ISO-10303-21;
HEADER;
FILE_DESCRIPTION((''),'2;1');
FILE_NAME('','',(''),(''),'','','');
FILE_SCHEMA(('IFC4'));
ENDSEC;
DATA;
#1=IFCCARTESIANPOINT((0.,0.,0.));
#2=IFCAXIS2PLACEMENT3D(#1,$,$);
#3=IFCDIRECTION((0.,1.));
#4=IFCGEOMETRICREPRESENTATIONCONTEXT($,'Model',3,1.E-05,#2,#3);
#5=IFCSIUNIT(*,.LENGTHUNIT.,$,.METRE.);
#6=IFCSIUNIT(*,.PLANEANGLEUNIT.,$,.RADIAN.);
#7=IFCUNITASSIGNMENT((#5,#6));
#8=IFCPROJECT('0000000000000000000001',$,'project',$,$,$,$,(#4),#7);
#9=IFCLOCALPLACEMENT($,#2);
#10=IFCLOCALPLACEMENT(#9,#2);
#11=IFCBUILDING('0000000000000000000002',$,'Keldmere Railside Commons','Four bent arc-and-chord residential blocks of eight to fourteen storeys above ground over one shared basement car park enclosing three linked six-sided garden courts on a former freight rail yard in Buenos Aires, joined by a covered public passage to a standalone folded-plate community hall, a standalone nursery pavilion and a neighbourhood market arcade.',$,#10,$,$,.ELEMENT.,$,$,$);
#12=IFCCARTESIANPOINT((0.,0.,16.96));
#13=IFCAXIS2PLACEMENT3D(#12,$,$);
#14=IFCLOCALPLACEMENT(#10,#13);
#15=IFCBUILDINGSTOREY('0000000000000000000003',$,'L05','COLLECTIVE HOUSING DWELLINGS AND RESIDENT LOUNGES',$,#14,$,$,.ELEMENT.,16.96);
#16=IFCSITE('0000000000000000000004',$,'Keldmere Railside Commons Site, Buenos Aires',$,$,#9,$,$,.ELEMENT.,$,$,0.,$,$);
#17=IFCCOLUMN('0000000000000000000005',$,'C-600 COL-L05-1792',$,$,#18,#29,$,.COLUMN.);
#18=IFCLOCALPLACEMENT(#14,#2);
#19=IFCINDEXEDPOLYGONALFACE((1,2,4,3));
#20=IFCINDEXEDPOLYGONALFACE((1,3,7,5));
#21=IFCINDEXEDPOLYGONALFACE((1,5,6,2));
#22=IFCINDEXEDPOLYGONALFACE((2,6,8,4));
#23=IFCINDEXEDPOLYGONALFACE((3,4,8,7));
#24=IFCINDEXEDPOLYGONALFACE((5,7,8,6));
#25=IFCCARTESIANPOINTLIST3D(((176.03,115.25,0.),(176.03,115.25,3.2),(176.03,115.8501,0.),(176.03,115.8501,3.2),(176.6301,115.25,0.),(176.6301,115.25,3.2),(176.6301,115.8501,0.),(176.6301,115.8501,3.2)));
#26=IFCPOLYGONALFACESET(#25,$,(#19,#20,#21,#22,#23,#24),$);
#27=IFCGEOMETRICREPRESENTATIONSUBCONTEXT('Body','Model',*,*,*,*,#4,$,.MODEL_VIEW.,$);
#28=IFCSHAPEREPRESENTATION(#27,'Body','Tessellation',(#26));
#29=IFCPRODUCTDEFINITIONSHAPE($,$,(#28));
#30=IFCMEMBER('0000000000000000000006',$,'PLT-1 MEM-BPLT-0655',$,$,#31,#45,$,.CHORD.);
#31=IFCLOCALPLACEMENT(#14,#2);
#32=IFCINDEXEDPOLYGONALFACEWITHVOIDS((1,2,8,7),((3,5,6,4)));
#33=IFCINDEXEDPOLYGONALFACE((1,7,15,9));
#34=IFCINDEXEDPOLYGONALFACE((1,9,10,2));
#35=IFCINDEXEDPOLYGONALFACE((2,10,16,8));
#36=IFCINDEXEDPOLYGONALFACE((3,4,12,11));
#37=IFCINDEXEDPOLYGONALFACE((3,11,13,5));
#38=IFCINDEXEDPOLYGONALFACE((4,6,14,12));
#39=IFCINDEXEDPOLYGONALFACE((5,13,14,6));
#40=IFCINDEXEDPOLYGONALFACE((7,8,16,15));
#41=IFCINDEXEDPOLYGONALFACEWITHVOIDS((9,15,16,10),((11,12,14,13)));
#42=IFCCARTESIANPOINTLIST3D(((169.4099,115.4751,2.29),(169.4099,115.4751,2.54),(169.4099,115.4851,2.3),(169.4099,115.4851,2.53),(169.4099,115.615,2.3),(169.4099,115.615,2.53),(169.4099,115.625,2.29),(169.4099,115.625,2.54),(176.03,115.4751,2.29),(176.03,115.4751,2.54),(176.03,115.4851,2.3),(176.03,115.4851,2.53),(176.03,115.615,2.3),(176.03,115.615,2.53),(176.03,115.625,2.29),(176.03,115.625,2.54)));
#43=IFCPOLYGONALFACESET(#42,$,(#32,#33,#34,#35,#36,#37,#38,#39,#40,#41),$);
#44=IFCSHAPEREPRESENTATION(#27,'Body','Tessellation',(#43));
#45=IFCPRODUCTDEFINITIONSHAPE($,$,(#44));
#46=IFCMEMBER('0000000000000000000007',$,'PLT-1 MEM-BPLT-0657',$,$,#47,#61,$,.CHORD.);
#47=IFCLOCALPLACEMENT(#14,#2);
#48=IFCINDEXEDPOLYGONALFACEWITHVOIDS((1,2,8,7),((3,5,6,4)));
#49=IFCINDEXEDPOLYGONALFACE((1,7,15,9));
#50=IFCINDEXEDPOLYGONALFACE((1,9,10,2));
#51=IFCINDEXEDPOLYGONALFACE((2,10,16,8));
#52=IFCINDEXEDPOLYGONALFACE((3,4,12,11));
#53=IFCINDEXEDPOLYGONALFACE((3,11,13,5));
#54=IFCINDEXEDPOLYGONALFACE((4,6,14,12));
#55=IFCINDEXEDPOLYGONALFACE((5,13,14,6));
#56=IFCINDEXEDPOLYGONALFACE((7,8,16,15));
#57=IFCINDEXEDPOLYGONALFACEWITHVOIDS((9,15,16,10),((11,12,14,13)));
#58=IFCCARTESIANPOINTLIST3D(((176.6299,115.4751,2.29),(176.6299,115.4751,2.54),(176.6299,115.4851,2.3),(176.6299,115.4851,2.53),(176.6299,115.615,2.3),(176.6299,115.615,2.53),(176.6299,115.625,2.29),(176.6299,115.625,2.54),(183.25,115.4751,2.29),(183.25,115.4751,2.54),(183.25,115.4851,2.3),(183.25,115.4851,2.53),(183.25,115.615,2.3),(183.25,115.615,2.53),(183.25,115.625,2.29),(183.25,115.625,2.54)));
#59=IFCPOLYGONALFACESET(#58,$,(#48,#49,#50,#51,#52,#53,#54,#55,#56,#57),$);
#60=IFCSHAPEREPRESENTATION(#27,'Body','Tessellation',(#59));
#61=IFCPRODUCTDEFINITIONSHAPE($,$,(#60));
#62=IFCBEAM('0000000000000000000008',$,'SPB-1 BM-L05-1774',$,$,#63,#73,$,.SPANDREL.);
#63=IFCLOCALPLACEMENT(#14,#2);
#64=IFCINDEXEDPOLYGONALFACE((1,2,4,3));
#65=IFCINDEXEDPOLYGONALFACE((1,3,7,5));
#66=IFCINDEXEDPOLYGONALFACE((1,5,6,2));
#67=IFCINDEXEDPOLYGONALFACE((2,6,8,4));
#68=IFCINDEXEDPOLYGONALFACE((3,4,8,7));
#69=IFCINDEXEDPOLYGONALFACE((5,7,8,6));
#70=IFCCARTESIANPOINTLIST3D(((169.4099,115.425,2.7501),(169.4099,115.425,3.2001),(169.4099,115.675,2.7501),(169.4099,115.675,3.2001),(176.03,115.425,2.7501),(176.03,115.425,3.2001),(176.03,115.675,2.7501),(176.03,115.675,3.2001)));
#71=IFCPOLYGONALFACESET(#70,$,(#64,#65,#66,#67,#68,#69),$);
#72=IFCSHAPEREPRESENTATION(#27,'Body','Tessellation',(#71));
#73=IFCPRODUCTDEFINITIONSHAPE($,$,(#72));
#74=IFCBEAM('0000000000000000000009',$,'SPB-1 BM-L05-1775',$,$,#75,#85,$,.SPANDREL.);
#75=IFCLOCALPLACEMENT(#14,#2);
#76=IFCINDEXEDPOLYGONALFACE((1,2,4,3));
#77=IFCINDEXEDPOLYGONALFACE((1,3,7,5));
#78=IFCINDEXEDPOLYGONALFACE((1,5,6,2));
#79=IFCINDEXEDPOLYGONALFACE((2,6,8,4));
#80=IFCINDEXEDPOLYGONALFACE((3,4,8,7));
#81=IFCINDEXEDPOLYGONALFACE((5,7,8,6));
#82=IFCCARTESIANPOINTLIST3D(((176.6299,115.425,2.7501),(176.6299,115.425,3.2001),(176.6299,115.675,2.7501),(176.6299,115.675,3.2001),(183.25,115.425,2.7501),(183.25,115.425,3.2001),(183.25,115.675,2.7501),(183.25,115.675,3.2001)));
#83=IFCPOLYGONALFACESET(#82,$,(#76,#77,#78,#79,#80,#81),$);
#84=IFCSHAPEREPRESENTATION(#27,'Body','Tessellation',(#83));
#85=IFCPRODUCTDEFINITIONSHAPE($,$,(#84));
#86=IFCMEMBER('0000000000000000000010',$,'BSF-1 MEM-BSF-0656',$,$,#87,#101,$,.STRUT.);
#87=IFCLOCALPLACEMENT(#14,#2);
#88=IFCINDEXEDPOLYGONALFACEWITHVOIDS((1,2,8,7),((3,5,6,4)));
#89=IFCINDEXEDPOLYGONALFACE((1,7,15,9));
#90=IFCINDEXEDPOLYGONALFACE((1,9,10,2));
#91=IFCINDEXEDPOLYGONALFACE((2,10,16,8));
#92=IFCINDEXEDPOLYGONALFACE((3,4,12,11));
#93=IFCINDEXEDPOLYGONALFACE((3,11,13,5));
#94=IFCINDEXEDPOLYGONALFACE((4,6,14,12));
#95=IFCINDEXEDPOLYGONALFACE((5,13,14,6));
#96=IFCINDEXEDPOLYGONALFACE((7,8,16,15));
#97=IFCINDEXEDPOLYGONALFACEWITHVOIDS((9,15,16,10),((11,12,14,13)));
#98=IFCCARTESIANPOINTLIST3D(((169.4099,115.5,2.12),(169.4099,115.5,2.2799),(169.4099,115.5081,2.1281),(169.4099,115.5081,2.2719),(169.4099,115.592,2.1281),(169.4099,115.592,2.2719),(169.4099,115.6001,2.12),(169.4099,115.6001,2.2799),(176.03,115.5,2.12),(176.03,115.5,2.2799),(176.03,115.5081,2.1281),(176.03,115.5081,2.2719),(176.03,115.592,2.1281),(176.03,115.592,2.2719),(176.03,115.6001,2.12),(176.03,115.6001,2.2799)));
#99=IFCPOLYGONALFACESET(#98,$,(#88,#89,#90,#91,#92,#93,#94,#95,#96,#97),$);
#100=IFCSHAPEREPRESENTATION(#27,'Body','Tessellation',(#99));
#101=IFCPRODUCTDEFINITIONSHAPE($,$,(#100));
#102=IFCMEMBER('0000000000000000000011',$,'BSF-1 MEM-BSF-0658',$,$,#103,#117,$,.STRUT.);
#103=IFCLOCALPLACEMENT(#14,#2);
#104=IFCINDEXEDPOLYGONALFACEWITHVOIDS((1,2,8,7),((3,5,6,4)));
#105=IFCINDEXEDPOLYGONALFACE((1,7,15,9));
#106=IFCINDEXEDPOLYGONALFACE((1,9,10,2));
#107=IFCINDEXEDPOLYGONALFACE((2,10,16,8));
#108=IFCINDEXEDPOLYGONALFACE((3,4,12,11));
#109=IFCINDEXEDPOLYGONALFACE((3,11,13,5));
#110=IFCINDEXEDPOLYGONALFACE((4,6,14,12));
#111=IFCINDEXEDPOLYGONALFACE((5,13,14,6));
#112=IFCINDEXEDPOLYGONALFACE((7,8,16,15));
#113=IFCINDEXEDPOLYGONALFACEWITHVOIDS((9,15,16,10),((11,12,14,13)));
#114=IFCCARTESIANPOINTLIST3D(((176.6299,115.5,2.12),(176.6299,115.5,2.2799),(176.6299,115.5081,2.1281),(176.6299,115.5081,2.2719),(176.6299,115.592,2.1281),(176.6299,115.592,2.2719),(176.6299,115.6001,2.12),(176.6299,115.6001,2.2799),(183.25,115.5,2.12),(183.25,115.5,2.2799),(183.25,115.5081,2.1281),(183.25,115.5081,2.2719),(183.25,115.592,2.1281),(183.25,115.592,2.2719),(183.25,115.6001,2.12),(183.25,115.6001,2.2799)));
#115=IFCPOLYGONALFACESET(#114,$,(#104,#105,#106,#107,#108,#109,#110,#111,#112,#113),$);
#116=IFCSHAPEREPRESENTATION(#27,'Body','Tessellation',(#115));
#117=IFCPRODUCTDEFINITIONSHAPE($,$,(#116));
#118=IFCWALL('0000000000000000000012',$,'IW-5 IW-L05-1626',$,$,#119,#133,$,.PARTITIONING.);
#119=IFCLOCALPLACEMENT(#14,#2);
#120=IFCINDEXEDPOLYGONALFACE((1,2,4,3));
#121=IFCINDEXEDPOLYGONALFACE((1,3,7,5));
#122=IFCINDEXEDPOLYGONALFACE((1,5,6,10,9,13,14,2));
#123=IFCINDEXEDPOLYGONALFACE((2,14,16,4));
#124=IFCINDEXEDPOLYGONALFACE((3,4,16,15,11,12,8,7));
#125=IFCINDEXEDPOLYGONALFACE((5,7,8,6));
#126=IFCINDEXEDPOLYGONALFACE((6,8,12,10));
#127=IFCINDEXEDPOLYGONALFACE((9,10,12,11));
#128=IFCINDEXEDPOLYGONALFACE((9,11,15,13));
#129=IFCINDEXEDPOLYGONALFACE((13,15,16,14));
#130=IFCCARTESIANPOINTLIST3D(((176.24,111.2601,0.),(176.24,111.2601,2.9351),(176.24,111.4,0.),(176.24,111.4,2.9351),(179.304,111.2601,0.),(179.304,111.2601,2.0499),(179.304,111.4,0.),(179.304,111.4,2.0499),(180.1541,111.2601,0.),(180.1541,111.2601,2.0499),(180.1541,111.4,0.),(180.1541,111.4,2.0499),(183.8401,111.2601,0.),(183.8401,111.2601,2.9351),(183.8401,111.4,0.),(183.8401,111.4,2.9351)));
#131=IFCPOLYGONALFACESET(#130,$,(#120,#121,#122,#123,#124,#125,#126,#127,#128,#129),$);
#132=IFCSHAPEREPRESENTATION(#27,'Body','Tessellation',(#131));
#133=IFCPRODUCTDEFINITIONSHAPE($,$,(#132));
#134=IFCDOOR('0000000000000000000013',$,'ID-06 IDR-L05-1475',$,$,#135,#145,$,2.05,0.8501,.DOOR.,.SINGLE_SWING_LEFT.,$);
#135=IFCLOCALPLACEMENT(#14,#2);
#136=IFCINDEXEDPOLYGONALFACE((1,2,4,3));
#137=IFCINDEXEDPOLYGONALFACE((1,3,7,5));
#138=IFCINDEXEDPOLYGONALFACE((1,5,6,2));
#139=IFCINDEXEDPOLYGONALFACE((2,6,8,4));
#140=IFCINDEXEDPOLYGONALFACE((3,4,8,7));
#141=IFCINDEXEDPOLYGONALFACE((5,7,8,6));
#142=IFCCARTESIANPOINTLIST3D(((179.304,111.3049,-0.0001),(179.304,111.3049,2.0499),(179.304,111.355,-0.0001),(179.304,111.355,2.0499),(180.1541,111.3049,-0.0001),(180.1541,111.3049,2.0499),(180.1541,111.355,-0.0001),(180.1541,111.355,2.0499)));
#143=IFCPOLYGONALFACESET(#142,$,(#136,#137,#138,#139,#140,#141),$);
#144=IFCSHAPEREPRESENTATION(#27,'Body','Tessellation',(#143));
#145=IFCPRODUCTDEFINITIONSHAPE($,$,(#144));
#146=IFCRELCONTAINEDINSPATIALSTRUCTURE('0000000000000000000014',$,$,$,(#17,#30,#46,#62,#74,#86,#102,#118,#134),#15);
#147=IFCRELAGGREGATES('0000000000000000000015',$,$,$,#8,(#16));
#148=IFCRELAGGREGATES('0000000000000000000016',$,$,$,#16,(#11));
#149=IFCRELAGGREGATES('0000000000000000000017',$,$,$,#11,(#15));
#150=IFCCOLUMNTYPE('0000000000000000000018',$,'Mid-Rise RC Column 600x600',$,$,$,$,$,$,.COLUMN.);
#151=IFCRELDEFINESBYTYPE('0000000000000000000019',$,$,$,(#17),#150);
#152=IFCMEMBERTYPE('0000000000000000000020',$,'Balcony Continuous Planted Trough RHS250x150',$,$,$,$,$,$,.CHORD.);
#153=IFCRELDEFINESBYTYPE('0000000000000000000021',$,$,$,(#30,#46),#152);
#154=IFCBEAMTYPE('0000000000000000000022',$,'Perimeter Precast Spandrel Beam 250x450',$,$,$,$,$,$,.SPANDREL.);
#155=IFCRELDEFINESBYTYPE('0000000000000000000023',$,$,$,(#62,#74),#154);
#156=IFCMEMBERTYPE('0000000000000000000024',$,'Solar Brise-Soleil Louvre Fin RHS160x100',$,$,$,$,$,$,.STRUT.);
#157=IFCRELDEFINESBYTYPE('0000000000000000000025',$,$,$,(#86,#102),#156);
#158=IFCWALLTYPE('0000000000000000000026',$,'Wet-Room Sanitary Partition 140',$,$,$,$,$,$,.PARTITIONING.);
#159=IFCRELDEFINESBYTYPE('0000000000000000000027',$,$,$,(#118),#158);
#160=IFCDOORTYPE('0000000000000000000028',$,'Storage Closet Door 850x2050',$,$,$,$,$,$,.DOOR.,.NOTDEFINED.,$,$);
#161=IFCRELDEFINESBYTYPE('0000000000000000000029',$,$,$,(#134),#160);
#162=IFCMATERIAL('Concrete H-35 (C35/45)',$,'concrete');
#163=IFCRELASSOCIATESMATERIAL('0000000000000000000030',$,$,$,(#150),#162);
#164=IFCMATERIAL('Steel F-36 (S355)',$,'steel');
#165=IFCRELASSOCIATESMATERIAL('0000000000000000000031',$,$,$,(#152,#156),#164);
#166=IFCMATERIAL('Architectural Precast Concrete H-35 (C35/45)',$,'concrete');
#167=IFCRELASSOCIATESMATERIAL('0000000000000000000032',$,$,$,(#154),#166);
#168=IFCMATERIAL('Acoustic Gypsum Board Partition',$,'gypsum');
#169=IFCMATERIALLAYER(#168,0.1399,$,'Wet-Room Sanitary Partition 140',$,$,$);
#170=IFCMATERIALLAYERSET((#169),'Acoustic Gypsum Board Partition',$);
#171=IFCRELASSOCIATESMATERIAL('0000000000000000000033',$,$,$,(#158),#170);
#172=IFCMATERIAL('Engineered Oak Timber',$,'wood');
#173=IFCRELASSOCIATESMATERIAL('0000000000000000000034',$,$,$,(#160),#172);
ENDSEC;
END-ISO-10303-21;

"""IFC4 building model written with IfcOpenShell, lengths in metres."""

from ifc_helpers import new_model, si_unit, direction, frame, frame_2d, origin, origin_2d, place, context, subcontext, project, spatial, rectangle, hollow_rectangle, extrude, material, layer, layer_set, material_profile, profile_set, type_object, element, fill, save


model = new_model("IFC4")

# Units and contexts
model_context = context("Model", 3, precision=1e-05, world=origin(), true_north=direction((0.0, 1.0)))
body_context = subcontext(model_context, "Body", "Model", "MODEL_VIEW")
ifc_project = project(units=[si_unit("LENGTHUNIT", "METRE"), si_unit("PLANEANGLEUNIT", "RADIAN")], contexts=[model_context])

# Site, building, storey
site_placement = place(None, origin())
site = spatial("IfcSite", under=ifc_project, at=site_placement, Name="Keldmere Railside Commons Site, Buenos Aires", CompositionType="ELEMENT", RefElevation=0.0)
building_placement = place(site_placement, origin())
building = spatial("IfcBuilding", under=site, at=building_placement, Name="Keldmere Railside Commons", Description="Four bent arc-and-chord residential blocks of eight to fourteen storeys above ground over one shared basement car park enclosing three linked six-sided garden courts on a former freight rail yard in Buenos Aires, joined by a covered public passage to a standalone folded-plate community hall, a standalone nursery pavilion and a neighbourhood market arcade.", CompositionType="ELEMENT")
storey_placement = place(building_placement, frame((0.0, 0.0, 16.96)))
storey = spatial("IfcBuildingStorey", under=building, at=storey_placement, Name="L05", Description="COLLECTIVE HOUSING DWELLINGS AND RESIDENT LOUNGES", CompositionType="ELEMENT", Elevation=16.96)

# Column
ifc_material_1 = material(Name="Concrete H-35 (C35/45)", Category="concrete")
ifc_material_profile_1 = material_profile(ifc_material_1, rectangle(XDim=0.6001, YDim=0.6001, at=origin_2d()), Name="RC-600x600")
ifc_profile_set_1 = profile_set([ifc_material_profile_1], Name="Concrete H-35 (C35/45)")
column_type = type_object("IfcColumnType", Name="Mid-Rise RC Column 600x600", PredefinedType="COLUMN", material=ifc_profile_set_1)
column_placement = place(storey_placement, frame((176.3301, 115.55, 0.0), z_axis=(0.0, 0.0, 1.0), x_axis=(1.0, 0.0, 0.0)))
element("IfcColumn", 1, at=column_placement, inside=storey, type_object=column_type, Name="C-600 COL-L05-1792", PredefinedType="COLUMN", context=body_context, shape_type="SweptSolid", body=[
    extrude(rectangle(XDim=0.6001, YDim=0.6001, at=origin_2d()), origin(), (0.0, 0.0, 1.0), 3.2),
])

# Members
ifc_material_2 = material(Name="Steel F-36 (S355)", Category="steel")
ifc_material_profile_2 = material_profile(ifc_material_2, hollow_rectangle(XDim=0.1499, YDim=0.25, WallThickness=0.01, at=origin_2d()), Name="RHS-250x150x10")
ifc_profile_set_2 = profile_set([ifc_material_profile_2], Name="Steel F-36 (S355)")
member_type_1 = type_object("IfcMemberType", Name="Balcony Continuous Planted Trough RHS250x150", PredefinedType="CHORD", material=ifc_profile_set_2)
for number, where, z_axis, x_axis, name in (
    (2, (169.4099, 115.55, 2.415), (1.0, 0.0, 0.0), (0.0, 1.0, 0.0), "PLT-1 MEM-BPLT-0655"),
    (3, (176.6299, 115.55, 2.415), (1.0, 0.0, 0.0), (0.0, 1.0, 0.0), "PLT-1 MEM-BPLT-0657"),
):
    element("IfcMember", number, at=place(storey_placement, frame(where, z_axis=z_axis, x_axis=x_axis)), inside=storey, type_object=member_type_1, Name=name, PredefinedType="CHORD", context=body_context, shape_type="SweptSolid", body=[
        extrude(hollow_rectangle(XDim=0.1499, YDim=0.25, WallThickness=0.01, at=origin_2d()), origin(), (0.0, 0.0, 1.0), 6.6201),
    ])

# Beams
ifc_material_3 = material(Name="Architectural Precast Concrete H-35 (C35/45)", Category="concrete")
ifc_material_profile_3 = material_profile(ifc_material_3, rectangle(XDim=0.25, YDim=0.45, at=origin_2d()), Name="RC-250x450")
ifc_profile_set_3 = profile_set([ifc_material_profile_3], Name="Architectural Precast Concrete H-35 (C35/45)")
beam_type = type_object("IfcBeamType", Name="Perimeter Precast Spandrel Beam 250x450", PredefinedType="SPANDREL", material=ifc_profile_set_3)
for number, where, z_axis, x_axis, name in (
    (4, (169.4099, 115.55, 2.9751), (1.0, 0.0, 0.0), (0.0, 1.0, 0.0), "SPB-1 BM-L05-1774"),
    (5, (176.6299, 115.55, 2.9751), (1.0, 0.0, 0.0), (0.0, 1.0, 0.0), "SPB-1 BM-L05-1775"),
):
    element("IfcBeam", number, at=place(storey_placement, frame(where, z_axis=z_axis, x_axis=x_axis)), inside=storey, type_object=beam_type, Name=name, PredefinedType="SPANDREL", context=body_context, shape_type="SweptSolid", body=[
        extrude(rectangle(XDim=0.25, YDim=0.45, at=origin_2d()), origin(), (0.0, 0.0, 1.0), 6.6201),
    ])

# Members
ifc_material_profile_4 = material_profile(ifc_material_2, hollow_rectangle(XDim=0.1001, YDim=0.1599, WallThickness=0.0081, at=origin_2d()), Name="RHS-160x100x8")
ifc_profile_set_4 = profile_set([ifc_material_profile_4], Name="Steel F-36 (S355)")
member_type_2 = type_object("IfcMemberType", Name="Solar Brise-Soleil Louvre Fin RHS160x100", PredefinedType="STRUT", material=ifc_profile_set_4)
for number, where, z_axis, x_axis, name in (
    (6, (169.4099, 115.55, 2.2), (1.0, 0.0, 0.0), (0.0, 1.0, 0.0), "BSF-1 MEM-BSF-0656"),
    (7, (176.6299, 115.55, 2.2), (1.0, 0.0, 0.0), (0.0, 1.0, 0.0), "BSF-1 MEM-BSF-0658"),
):
    element("IfcMember", number, at=place(storey_placement, frame(where, z_axis=z_axis, x_axis=x_axis)), inside=storey, type_object=member_type_2, Name=name, PredefinedType="STRUT", context=body_context, shape_type="SweptSolid", body=[
        extrude(hollow_rectangle(XDim=0.1001, YDim=0.1599, WallThickness=0.0081, at=origin_2d()), origin(), (0.0, 0.0, 1.0), 6.6201),
    ])

# Wall, opening, door
ifc_material_4 = material(Name="Acoustic Gypsum Board Partition", Category="gypsum")
ifc_layer = layer(ifc_material_4, 0.1399, Name="Wet-Room Sanitary Partition 140")
ifc_layer_set = layer_set([ifc_layer], Name="Acoustic Gypsum Board Partition")
wall_type = type_object("IfcWallType", Name="Wet-Room Sanitary Partition 140", PredefinedType="PARTITIONING", material=ifc_layer_set)
wall_placement = place(storey_placement, frame((176.24, 111.3301, 0.0), z_axis=(0.0, 0.0, 1.0), x_axis=(1.0, 0.0, 0.0)))
wall = element("IfcWall", 8, at=wall_placement, inside=storey, type_object=wall_type, Name="IW-5 IW-L05-1626", PredefinedType="PARTITIONING", context=body_context, shape_type="SweptSolid", body=[
    extrude(rectangle(XDim=7.6001, YDim=0.1399, at=frame_2d((3.8, 0.0))), origin(), (0.0, 0.0, 1.0), 2.9351),
])
opening_placement = place(wall_placement, frame((3.064, 0.0, 0.0)))
opening = element("IfcOpeningElement", 9, at=opening_placement, cuts=wall, PredefinedType="OPENING", context=body_context, shape_type="SweptSolid", body=[
    extrude(rectangle(XDim=0.8501, YDim=2.05, at=frame_2d((0.425, 1.0249))), frame((0.0, 0.0798, 0.0), z_axis=(0.0, -1.0, 0.0), x_axis=(1.0, 0.0, 0.0)), (0.0, 0.0, 1.0), 0.1599),
])
ifc_material_5 = material(Name="Engineered Oak Timber", Category="wood")
door_type = type_object("IfcDoorType", Name="Storage Closet Door 850x2050", OperationType="NOTDEFINED", PredefinedType="DOOR", material=ifc_material_5)
door_placement = place(opening_placement, origin())
door = element("IfcDoor", 10, at=door_placement, inside=storey, type_object=door_type, Name="ID-06 IDR-L05-1475", OperationType="SINGLE_SWING_LEFT", OverallHeight=2.05, OverallWidth=0.8501, PredefinedType="DOOR", context=body_context, shape_type="SweptSolid", body=[
    extrude(rectangle(XDim=0.8501, YDim=2.05, at=frame_2d((0.425, 1.0249))), frame((0.0, 0.0249, 0.0), z_axis=(0.0, -1.0, 0.0), x_axis=(1.0, 0.0, 0.0)), (0.0, 0.0, 1.0), 0.05),
])
fill(opening, door)

save(model, "model.ifc")
